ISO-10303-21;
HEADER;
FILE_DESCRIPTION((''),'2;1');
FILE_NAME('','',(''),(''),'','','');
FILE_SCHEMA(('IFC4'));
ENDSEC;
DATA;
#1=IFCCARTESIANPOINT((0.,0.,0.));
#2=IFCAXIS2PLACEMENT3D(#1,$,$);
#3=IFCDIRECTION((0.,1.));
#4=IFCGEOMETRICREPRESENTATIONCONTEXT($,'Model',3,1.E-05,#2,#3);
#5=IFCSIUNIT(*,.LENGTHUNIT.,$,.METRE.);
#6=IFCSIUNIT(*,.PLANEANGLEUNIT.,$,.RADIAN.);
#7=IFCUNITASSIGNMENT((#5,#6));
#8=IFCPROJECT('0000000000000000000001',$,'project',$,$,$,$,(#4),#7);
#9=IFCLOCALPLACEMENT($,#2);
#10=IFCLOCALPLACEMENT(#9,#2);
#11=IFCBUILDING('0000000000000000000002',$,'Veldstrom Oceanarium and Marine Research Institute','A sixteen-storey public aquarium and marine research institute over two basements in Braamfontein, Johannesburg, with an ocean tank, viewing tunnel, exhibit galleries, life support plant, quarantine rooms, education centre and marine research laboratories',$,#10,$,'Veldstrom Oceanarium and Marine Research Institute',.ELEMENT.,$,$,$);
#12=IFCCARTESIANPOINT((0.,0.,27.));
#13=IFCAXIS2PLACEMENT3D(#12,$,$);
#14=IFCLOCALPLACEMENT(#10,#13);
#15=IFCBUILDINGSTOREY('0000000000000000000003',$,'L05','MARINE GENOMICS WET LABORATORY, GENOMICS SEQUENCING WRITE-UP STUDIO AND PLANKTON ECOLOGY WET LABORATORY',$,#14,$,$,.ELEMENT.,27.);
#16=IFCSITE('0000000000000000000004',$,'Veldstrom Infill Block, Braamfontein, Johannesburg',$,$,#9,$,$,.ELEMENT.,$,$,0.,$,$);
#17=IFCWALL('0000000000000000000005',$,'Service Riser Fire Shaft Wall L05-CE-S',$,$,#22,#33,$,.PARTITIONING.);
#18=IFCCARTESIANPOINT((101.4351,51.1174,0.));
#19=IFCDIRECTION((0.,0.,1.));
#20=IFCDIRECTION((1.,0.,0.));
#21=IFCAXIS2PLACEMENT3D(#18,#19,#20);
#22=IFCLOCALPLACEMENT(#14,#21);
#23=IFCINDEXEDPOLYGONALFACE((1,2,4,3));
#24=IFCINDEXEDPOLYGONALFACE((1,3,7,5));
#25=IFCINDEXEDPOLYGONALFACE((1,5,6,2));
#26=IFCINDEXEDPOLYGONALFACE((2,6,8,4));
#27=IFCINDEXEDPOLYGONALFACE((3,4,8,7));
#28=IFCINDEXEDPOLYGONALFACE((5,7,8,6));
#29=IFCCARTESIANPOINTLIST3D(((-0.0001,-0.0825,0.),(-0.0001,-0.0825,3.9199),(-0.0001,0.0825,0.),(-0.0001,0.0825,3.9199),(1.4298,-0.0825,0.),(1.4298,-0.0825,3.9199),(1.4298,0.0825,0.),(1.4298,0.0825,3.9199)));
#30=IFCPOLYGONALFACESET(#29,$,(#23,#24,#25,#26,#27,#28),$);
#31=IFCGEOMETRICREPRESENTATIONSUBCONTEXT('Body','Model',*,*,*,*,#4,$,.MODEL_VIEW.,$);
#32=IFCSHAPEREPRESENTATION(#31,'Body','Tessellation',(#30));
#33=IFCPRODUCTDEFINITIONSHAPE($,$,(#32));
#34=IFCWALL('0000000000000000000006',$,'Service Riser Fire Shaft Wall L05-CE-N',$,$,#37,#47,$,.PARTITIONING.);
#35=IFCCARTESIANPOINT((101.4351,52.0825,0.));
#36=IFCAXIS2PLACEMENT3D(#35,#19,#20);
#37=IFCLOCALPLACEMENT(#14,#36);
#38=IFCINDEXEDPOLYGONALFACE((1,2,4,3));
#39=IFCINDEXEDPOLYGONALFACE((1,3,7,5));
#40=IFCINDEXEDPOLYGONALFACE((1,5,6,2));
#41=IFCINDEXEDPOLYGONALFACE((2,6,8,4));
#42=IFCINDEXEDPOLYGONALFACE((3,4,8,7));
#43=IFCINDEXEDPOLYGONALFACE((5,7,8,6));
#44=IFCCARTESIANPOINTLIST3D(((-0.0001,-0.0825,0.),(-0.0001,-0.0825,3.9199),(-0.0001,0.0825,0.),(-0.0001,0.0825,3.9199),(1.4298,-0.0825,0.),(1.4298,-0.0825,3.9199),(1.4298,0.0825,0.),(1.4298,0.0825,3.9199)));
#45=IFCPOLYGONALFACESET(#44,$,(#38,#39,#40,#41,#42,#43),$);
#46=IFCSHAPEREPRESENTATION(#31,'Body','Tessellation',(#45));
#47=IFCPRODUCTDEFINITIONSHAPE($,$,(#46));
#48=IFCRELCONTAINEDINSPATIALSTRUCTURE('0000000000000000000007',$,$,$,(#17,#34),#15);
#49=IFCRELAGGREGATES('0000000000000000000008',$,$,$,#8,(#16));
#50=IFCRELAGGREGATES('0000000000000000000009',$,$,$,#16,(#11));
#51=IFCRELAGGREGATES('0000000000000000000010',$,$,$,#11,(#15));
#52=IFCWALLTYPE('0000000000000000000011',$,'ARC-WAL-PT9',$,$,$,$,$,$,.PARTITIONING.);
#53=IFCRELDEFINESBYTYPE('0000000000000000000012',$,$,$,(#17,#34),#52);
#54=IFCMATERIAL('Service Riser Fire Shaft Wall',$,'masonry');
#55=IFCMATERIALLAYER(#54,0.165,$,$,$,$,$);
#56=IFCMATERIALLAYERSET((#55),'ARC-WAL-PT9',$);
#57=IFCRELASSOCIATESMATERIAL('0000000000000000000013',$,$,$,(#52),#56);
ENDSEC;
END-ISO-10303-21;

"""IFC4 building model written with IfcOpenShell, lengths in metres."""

from ifc_helpers import new_model, si_unit, direction, frame, frame_2d, origin, place, context, subcontext, project, spatial, rectangle, extrude, material, layer, layer_set, type_object, element, save


model = new_model("IFC4")

# Units and contexts
model_context = context("Model", 3, precision=1e-05, world=origin(), true_north=direction((0.0, 1.0)))
body_context = subcontext(model_context, "Body", "Model", "MODEL_VIEW")
ifc_project = project(units=[si_unit("LENGTHUNIT", "METRE"), si_unit("PLANEANGLEUNIT", "RADIAN")], contexts=[model_context])

# Site, building, storey
site_placement = place(None, origin())
site = spatial("IfcSite", under=ifc_project, at=site_placement, Name="Veldstrom Infill Block, Braamfontein, Johannesburg", CompositionType="ELEMENT", RefElevation=0.0)
building_placement = place(site_placement, origin())
building = spatial("IfcBuilding", under=site, at=building_placement, Name="Veldstrom Oceanarium and Marine Research Institute", Description="A sixteen-storey public aquarium and marine research institute over two basements in Braamfontein, Johannesburg, with an ocean tank, viewing tunnel, exhibit galleries, life support plant, quarantine rooms, education centre and marine research laboratories", LongName="Veldstrom Oceanarium and Marine Research Institute", CompositionType="ELEMENT")
storey_placement = place(building_placement, frame((0.0, 0.0, 27.0)))
storey = spatial("IfcBuildingStorey", under=building, at=storey_placement, Name="L05", Description="MARINE GENOMICS WET LABORATORY, GENOMICS SEQUENCING WRITE-UP STUDIO AND PLANKTON ECOLOGY WET LABORATORY", CompositionType="ELEMENT", Elevation=27.0)

# Walls
ifc_material_1 = material(Name="Service Riser Fire Shaft Wall", Category="masonry")
ifc_layer_1 = layer(ifc_material_1, 0.165)
ifc_layer_set_1 = layer_set([ifc_layer_1], Name="ARC-WAL-PT9")
wall_type_1 = type_object("IfcWallType", Name="ARC-WAL-PT9", PredefinedType="PARTITIONING", material=ifc_layer_set_1)
for number, where, z_axis, x_axis, name in (
    (1, (101.4351, 51.1174, 0.0), (0.0, 0.0, 1.0), (1.0, 0.0, 0.0), "Service Riser Fire Shaft Wall L05-CE-S"),
    (2, (101.4351, 52.0825, 0.0), (0.0, 0.0, 1.0), (1.0, 0.0, 0.0), "Service Riser Fire Shaft Wall L05-CE-N"),
):
    element("IfcWall", number, at=place(storey_placement, frame(where, z_axis=z_axis, x_axis=x_axis)), inside=storey, type_object=wall_type_1, Name=name, PredefinedType="PARTITIONING", context=body_context, shape_type="SweptSolid", body=[
        extrude(rectangle(XDim=1.4299, YDim=0.165, at=frame_2d((0.7148, 0.0))), origin(), (0.0, 0.0, 1.0), 3.9199),
    ])

save(model, "model.ifc")
